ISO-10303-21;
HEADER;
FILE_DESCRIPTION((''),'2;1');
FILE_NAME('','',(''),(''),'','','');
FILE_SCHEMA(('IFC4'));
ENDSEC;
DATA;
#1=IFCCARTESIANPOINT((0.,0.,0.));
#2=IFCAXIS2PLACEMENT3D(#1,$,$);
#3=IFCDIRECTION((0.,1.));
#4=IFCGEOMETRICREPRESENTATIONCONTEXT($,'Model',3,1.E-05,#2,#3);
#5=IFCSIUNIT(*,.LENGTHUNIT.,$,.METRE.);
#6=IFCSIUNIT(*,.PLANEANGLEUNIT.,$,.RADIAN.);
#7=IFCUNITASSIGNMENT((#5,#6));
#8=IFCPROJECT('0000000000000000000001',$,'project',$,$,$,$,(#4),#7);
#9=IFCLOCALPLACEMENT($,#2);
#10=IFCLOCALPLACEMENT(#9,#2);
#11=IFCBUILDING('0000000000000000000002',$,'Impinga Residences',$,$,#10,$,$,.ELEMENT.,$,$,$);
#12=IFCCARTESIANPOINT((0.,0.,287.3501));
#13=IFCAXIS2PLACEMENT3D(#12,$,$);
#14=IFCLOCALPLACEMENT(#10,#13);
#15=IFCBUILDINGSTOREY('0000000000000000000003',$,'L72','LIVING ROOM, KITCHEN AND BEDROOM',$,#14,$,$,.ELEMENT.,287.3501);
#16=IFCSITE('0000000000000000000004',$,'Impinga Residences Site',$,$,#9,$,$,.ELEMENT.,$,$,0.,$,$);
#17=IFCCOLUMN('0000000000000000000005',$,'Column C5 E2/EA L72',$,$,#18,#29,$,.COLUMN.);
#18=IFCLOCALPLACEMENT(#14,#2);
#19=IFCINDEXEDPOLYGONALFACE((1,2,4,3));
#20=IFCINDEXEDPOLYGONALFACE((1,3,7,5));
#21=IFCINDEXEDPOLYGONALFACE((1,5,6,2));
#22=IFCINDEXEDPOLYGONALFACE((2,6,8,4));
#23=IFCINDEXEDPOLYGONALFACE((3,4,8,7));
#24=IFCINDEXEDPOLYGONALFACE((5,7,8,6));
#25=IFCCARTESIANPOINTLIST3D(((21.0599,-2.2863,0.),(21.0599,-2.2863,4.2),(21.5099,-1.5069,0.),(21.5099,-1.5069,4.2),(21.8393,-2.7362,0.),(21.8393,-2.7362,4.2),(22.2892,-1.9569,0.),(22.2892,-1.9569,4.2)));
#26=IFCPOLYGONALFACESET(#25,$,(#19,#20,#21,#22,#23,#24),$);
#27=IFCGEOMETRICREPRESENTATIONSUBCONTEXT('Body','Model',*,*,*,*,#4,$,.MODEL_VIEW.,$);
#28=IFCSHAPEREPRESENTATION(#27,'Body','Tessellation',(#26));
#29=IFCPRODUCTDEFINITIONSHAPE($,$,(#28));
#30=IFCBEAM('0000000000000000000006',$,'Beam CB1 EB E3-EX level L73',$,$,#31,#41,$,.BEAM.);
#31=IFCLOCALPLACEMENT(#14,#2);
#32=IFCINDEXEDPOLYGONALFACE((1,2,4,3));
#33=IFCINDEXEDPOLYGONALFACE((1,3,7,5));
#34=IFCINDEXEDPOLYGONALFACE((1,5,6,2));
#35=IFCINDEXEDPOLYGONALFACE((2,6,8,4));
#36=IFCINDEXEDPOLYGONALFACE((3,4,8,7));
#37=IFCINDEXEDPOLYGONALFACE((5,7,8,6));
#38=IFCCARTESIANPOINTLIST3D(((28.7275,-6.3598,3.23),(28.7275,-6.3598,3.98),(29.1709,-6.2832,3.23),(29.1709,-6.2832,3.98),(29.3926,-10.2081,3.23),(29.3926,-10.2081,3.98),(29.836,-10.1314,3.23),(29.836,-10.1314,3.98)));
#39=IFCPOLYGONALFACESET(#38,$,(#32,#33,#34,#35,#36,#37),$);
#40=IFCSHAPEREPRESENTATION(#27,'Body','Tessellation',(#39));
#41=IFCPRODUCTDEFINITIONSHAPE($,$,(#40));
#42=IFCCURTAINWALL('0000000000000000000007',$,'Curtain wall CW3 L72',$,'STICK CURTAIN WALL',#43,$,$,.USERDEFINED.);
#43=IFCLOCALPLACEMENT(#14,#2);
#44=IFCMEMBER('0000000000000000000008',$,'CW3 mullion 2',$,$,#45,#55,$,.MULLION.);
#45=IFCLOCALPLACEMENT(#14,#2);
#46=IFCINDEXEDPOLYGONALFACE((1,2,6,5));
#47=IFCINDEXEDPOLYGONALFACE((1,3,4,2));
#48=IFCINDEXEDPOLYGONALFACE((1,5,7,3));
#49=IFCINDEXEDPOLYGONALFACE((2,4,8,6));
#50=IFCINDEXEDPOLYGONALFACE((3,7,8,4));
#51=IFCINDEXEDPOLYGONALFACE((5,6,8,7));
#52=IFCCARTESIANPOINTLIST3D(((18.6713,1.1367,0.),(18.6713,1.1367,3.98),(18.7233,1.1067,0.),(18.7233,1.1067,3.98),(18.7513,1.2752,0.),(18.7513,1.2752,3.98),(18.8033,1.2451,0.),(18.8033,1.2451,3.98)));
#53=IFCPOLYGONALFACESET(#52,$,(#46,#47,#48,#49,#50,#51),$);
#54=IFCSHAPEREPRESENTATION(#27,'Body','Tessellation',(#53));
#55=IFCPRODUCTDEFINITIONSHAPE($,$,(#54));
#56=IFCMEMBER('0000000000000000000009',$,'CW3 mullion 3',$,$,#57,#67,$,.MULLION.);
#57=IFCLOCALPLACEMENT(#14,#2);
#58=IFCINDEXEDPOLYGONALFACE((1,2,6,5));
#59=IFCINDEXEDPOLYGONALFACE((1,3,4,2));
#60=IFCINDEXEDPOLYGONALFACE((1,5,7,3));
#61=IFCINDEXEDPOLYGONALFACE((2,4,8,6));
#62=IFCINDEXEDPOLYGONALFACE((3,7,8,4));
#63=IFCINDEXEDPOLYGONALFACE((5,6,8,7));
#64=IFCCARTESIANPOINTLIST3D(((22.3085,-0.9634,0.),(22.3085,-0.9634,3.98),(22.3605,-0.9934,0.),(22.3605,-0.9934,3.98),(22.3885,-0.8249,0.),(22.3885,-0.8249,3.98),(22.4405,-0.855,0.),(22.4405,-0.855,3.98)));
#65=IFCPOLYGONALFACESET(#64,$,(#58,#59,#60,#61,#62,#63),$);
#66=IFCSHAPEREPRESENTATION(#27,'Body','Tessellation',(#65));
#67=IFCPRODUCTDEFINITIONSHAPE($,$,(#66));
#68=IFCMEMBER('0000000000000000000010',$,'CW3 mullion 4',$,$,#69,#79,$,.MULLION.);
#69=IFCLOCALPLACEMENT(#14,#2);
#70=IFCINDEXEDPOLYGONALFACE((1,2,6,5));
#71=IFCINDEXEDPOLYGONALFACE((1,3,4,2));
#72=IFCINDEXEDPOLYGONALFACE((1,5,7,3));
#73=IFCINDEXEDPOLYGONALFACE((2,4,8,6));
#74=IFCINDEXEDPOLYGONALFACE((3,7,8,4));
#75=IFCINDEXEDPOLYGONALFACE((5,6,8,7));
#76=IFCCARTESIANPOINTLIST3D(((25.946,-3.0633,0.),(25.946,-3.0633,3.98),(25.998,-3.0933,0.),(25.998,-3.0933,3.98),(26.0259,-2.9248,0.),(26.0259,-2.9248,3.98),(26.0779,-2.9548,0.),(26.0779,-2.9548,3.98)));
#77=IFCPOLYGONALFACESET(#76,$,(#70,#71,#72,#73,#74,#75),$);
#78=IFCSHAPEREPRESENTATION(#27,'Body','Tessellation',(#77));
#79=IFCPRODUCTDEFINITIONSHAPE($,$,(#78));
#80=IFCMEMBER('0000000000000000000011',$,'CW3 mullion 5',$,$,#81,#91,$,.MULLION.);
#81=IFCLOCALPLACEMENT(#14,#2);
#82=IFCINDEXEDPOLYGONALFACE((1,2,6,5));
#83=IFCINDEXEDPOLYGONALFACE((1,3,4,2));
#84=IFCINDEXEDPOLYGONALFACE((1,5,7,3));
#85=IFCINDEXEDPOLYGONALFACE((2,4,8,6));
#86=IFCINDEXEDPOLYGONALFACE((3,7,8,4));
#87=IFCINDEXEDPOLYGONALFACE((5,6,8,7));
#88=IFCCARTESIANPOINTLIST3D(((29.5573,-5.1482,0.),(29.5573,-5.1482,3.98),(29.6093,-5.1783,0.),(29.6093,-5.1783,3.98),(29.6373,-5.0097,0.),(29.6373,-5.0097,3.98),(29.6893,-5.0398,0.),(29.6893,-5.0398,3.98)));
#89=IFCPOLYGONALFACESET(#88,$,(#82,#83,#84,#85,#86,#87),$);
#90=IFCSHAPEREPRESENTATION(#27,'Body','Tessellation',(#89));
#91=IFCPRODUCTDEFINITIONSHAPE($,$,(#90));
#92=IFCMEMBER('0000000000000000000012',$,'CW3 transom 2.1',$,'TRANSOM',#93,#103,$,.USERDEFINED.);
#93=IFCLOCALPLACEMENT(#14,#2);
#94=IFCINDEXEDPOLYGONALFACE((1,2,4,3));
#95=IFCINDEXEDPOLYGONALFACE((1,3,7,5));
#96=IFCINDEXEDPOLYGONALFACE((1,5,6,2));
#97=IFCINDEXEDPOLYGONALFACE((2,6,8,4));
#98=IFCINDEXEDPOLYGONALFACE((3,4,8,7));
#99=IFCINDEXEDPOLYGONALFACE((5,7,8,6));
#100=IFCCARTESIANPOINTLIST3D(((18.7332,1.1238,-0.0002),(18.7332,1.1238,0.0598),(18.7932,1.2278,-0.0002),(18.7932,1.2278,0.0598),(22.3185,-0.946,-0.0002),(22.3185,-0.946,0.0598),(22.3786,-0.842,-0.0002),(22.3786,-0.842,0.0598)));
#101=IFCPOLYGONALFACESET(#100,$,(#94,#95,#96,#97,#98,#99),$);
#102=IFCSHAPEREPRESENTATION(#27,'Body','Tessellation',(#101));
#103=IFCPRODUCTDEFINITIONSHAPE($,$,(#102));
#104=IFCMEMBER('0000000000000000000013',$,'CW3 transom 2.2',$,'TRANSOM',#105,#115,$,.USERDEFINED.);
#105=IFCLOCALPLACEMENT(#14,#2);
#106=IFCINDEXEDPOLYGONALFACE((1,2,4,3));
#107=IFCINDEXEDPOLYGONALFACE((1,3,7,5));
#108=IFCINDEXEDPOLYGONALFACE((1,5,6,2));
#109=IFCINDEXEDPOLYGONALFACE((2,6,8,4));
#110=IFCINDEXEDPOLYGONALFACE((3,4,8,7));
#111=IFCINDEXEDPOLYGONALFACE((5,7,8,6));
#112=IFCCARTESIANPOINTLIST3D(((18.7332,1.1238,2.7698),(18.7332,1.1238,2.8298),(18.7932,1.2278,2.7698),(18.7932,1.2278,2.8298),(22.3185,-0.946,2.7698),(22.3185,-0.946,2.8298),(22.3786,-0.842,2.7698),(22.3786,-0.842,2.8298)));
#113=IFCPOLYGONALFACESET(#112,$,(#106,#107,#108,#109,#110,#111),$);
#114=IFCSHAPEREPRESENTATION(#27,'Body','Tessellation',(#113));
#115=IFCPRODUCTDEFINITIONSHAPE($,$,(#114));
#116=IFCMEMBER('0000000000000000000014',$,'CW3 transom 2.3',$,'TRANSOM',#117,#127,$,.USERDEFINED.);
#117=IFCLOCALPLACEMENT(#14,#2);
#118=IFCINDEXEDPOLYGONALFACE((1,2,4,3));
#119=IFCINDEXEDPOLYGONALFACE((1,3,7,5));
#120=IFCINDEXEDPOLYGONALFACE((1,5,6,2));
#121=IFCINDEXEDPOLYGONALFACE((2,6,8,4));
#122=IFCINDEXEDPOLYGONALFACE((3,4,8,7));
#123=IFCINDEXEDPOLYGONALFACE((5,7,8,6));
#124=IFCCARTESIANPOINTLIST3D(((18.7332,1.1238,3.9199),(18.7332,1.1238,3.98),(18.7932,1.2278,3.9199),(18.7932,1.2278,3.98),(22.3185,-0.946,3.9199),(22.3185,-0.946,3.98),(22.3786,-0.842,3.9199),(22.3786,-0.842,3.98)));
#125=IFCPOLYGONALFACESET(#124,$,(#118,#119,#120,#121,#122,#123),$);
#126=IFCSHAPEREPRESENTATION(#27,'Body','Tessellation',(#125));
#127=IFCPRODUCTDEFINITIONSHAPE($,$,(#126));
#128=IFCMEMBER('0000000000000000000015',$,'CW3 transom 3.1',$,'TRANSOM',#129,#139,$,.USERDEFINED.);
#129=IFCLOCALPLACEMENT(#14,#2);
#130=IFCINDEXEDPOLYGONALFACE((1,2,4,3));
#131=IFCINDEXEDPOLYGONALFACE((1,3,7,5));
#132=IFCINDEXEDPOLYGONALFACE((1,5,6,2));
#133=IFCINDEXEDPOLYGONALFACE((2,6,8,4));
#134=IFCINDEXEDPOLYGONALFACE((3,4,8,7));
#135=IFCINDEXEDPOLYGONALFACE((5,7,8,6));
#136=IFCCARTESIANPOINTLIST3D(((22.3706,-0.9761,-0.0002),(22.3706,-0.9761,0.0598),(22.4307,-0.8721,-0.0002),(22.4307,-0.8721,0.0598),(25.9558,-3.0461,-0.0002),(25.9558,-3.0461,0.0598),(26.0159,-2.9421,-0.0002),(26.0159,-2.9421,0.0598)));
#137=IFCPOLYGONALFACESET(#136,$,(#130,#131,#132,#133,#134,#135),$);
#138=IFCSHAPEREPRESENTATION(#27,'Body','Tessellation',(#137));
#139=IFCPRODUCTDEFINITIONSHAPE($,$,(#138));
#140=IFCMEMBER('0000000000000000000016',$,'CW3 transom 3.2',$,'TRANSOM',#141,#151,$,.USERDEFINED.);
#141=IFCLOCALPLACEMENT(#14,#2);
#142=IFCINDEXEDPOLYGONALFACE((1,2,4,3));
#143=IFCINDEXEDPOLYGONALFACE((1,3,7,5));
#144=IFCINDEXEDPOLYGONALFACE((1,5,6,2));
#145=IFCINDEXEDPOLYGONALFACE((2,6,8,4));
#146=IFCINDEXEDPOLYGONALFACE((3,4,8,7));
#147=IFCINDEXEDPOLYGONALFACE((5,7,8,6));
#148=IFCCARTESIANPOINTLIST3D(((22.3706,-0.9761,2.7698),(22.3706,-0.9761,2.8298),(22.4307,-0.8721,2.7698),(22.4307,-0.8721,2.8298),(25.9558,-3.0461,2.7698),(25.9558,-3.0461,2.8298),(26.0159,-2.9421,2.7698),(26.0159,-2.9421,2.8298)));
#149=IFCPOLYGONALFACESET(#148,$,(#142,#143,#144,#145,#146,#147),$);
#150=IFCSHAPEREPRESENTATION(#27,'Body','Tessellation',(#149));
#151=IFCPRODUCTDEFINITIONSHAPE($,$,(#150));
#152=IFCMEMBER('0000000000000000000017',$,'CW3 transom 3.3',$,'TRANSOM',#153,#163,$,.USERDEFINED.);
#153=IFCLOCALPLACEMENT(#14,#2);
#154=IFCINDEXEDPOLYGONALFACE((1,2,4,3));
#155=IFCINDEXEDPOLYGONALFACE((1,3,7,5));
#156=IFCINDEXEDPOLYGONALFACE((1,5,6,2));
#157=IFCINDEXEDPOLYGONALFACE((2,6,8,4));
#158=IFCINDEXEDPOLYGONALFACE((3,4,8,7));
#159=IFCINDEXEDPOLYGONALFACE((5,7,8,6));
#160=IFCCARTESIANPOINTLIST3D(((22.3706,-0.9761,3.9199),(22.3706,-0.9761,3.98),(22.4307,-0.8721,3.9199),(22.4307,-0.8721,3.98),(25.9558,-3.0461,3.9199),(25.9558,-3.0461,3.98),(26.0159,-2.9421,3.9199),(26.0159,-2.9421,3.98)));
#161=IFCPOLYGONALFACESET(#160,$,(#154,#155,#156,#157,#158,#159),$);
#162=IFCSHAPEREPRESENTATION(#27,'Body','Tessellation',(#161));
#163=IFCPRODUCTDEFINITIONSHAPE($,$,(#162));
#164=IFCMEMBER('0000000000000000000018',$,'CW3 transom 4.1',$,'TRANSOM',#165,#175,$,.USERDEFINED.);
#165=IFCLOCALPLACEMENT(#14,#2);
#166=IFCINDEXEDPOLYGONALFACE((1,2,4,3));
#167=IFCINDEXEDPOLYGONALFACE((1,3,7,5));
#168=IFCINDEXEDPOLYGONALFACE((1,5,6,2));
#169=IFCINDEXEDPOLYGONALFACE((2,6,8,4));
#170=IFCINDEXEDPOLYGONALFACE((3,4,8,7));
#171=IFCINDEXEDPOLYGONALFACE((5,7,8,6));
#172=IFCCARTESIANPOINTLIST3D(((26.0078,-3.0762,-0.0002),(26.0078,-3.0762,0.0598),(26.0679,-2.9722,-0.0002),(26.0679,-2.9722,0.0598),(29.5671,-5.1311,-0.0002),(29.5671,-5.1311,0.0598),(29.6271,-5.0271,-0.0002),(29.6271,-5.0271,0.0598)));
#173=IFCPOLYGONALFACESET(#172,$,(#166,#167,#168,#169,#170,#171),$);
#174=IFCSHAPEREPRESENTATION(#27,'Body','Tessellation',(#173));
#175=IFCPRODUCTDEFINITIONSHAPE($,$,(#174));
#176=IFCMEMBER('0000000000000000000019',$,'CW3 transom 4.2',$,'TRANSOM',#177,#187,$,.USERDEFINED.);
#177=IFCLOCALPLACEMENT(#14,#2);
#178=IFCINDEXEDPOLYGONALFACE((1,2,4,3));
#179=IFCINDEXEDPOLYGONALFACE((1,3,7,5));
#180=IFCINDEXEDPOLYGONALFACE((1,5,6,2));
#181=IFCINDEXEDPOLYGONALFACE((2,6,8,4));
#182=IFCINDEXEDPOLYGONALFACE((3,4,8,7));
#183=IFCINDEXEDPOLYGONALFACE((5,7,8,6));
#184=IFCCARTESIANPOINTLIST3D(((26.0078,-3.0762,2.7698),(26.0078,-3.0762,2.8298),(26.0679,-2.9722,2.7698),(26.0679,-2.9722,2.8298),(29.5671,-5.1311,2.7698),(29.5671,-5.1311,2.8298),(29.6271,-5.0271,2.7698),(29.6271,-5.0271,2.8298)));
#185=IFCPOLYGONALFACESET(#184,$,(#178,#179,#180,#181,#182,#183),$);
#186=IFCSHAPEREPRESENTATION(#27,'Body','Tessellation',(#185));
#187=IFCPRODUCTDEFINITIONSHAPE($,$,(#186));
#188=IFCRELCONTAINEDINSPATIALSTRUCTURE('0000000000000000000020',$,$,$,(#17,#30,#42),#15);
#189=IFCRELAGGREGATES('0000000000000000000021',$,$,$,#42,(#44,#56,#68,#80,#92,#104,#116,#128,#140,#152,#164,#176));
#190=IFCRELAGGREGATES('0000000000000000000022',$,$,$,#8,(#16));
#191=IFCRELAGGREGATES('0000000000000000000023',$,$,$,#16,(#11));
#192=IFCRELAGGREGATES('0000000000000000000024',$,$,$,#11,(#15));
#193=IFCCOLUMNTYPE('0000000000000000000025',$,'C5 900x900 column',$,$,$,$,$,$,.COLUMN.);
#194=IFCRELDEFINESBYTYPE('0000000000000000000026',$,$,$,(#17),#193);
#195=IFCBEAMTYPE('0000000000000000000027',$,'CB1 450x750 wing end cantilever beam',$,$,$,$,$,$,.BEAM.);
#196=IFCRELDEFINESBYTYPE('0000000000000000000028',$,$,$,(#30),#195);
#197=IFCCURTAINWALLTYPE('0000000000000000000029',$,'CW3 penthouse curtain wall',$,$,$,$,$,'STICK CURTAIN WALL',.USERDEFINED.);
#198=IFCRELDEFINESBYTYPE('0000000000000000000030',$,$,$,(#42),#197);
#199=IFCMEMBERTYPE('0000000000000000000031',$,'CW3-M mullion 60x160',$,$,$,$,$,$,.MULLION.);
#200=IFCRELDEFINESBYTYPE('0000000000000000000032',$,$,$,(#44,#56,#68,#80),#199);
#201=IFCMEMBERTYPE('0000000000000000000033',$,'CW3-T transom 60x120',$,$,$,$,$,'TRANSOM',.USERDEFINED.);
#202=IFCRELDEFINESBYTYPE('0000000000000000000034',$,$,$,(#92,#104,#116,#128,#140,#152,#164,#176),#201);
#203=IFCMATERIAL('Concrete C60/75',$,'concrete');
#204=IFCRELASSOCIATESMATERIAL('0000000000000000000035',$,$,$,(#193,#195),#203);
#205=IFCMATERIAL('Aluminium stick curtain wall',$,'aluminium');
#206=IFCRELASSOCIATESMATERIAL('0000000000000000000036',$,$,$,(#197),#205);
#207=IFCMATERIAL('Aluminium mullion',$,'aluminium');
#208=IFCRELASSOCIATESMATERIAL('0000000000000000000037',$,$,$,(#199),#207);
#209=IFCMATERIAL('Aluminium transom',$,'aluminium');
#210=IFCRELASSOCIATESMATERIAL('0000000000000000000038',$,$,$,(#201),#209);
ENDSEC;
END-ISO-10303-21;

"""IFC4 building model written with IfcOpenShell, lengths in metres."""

from ifc_helpers import new_model, si_unit, direction, frame, origin, origin_2d, place, context, subcontext, project, spatial, rectangle, extrude, material, material_profile, profile_set, type_object, element, aggregate, save


model = new_model("IFC4")

# Units and contexts
model_context = context("Model", 3, precision=1e-05, world=origin(), true_north=direction((0.0, 1.0)))
body_context = subcontext(model_context, "Body", "Model", "MODEL_VIEW")
ifc_project = project(units=[si_unit("LENGTHUNIT", "METRE"), si_unit("PLANEANGLEUNIT", "RADIAN")], contexts=[model_context])

# Site, building, storey
site_placement = place(None, origin())
site = spatial("IfcSite", under=ifc_project, at=site_placement, Name="Impinga Residences Site", CompositionType="ELEMENT", RefElevation=0.0)
building_placement = place(site_placement, origin())
building = spatial("IfcBuilding", under=site, at=building_placement, Name="Impinga Residences", CompositionType="ELEMENT")
storey_placement = place(building_placement, frame((0.0, 0.0, 287.3501)))
storey = spatial("IfcBuildingStorey", under=building, at=storey_placement, Name="L72", Description="LIVING ROOM, KITCHEN AND BEDROOM", CompositionType="ELEMENT", Elevation=287.3501)

# Column
ifc_material_1 = material(Name="Concrete C60/75", Category="concrete")
ifc_material_profile_1 = material_profile(ifc_material_1, rectangle(XDim=0.8999, YDim=0.8999, at=origin_2d()), Name="RC 900x900")
ifc_profile_set_1 = profile_set([ifc_material_profile_1], Name="Concrete C60/75")
column_type = type_object("IfcColumnType", Name="C5 900x900 column", PredefinedType="COLUMN", material=ifc_profile_set_1)
column_placement = place(storey_placement, frame((21.6746, -2.1216, 0.0), z_axis=(0.0, 0.0, 1.0), x_axis=(-0.5, -0.866025, 0.0)))
element("IfcColumn", 1, at=column_placement, inside=storey, type_object=column_type, Name="Column C5 E2/EA L72", PredefinedType="COLUMN", context=body_context, shape_type="SweptSolid", body=[
    extrude(rectangle(XDim=0.8999, YDim=0.8999, at=origin_2d()), origin(), (0.0, 0.0, 1.0), 4.2),
])

# Beam
ifc_material_profile_2 = material_profile(ifc_material_1, rectangle(XDim=0.45, YDim=0.75, at=origin_2d()), Name="RC 450x750")
ifc_profile_set_2 = profile_set([ifc_material_profile_2], Name="Concrete C60/75")
beam_type_1 = type_object("IfcBeamType", Name="CB1 450x750 wing end cantilever beam", PredefinedType="BEAM", material=ifc_profile_set_2)
beam_1_placement = place(storey_placement, frame((28.9492, -6.3215, 3.605), z_axis=(0.170296, -0.985393, 0.0), x_axis=(0.985393, 0.170296, 0.0)))
element("IfcBeam", 2, at=beam_1_placement, inside=storey, type_object=beam_type_1, Name="Beam CB1 EB E3-EX level L73", PredefinedType="BEAM", context=body_context, shape_type="SweptSolid", body=[
    extrude(rectangle(XDim=0.45, YDim=0.75, at=origin_2d()), origin(), (0.0, 0.0, 1.0), 3.9053),
])

# Curtain wall, members
ifc_material_2 = material(Name="Aluminium stick curtain wall", Category="aluminium")
curtain_wall_type = type_object("IfcCurtainWallType", Name="CW3 penthouse curtain wall", ElementType="STICK CURTAIN WALL", PredefinedType="USERDEFINED", material=ifc_material_2)
curtain_wall_placement = place(storey_placement, origin())
curtain_wall = element("IfcCurtainWall", 3, at=curtain_wall_placement, inside=storey, type_object=curtain_wall_type, Name="Curtain wall CW3 L72", ObjectType="STICK CURTAIN WALL", PredefinedType="USERDEFINED")
ifc_material_3 = material(Name="Aluminium mullion", Category="aluminium")
ifc_material_profile_3 = material_profile(ifc_material_3, rectangle(XDim=0.0601, YDim=0.1599, at=origin_2d()), Name="60x160 mullion")
ifc_profile_set_3 = profile_set([ifc_material_profile_3], Name="Aluminium mullion")
member_type_1 = type_object("IfcMemberType", Name="CW3-M mullion 60x160", PredefinedType="MULLION", material=ifc_profile_set_3)
member_1_placement = place(storey_placement, frame((18.7373, 1.1909, 0.0), z_axis=(0.0, 0.0, 1.0), x_axis=(0.866025, -0.5, 0.0)))
member_1 = element("IfcMember", 4, at=member_1_placement, type_object=member_type_1, Name="CW3 mullion 2", PredefinedType="MULLION", context=body_context, shape_type="SweptSolid", body=[
    extrude(rectangle(XDim=0.0601, YDim=0.1599, at=origin_2d()), origin(), (0.0, 0.0, 1.0), 3.98),
])
member_2_placement = place(storey_placement, frame((22.3745, -0.9092, 0.0), z_axis=(0.0, 0.0, 1.0), x_axis=(0.866025, -0.5, 0.0)))
member_2 = element("IfcMember", 5, at=member_2_placement, type_object=member_type_1, Name="CW3 mullion 3", PredefinedType="MULLION", context=body_context, shape_type="SweptSolid", body=[
    extrude(rectangle(XDim=0.0601, YDim=0.1599, at=origin_2d()), origin(), (0.0, 0.0, 1.0), 3.98),
])
member_3_placement = place(storey_placement, frame((26.012, -3.009, 0.0), z_axis=(0.0, 0.0, 1.0), x_axis=(0.866025, -0.5, 0.0)))
member_3 = element("IfcMember", 6, at=member_3_placement, type_object=member_type_1, Name="CW3 mullion 4", PredefinedType="MULLION", context=body_context, shape_type="SweptSolid", body=[
    extrude(rectangle(XDim=0.0601, YDim=0.1599, at=origin_2d()), origin(), (0.0, 0.0, 1.0), 3.98),
])
member_4_placement = place(storey_placement, frame((29.6233, -5.094, 0.0), z_axis=(0.0, 0.0, 1.0), x_axis=(0.866025, -0.5, 0.0)))
member_4 = element("IfcMember", 7, at=member_4_placement, type_object=member_type_1, Name="CW3 mullion 5", PredefinedType="MULLION", context=body_context, shape_type="SweptSolid", body=[
    extrude(rectangle(XDim=0.0601, YDim=0.1599, at=origin_2d()), origin(), (0.0, 0.0, 1.0), 3.98),
])
ifc_material_4 = material(Name="Aluminium transom", Category="aluminium")
ifc_material_profile_4 = material_profile(ifc_material_4, rectangle(XDim=0.0601, YDim=0.1201, at=origin_2d()), Name="60x120 transom")
ifc_profile_set_4 = profile_set([ifc_material_profile_4], Name="Aluminium transom")
member_type_2 = type_object("IfcMemberType", Name="CW3-T transom 60x120", ElementType="TRANSOM", PredefinedType="USERDEFINED", material=ifc_profile_set_4)
member_5_placement = place(storey_placement, frame((18.7632, 1.1758, 0.0298), z_axis=(0.86605, -0.499957, 0.0), x_axis=(0.0, 0.0, 1.0)))
member_5 = element("IfcMember", 8, at=member_5_placement, type_object=member_type_2, Name="CW3 transom 2.1", ObjectType="TRANSOM", PredefinedType="USERDEFINED", context=body_context, shape_type="SweptSolid", body=[
    extrude(rectangle(XDim=0.0601, YDim=0.1201, at=origin_2d()), origin(), (0.0, 0.0, 1.0), 4.1399),
])
member_6_placement = place(storey_placement, frame((18.7632, 1.1758, 2.7998), z_axis=(0.86605, -0.499957, 0.0), x_axis=(0.0, 0.0, 1.0)))
member_6 = element("IfcMember", 9, at=member_6_placement, type_object=member_type_2, Name="CW3 transom 2.2", ObjectType="TRANSOM", PredefinedType="USERDEFINED", context=body_context, shape_type="SweptSolid", body=[
    extrude(rectangle(XDim=0.0601, YDim=0.1201, at=origin_2d()), origin(), (0.0, 0.0, 1.0), 4.1399),
])
member_7_placement = place(storey_placement, frame((18.7632, 1.1758, 3.95), z_axis=(0.86605, -0.499957, 0.0), x_axis=(0.0, 0.0, 1.0)))
member_7 = element("IfcMember", 10, at=member_7_placement, type_object=member_type_2, Name="CW3 transom 2.3", ObjectType="TRANSOM", PredefinedType="USERDEFINED", context=body_context, shape_type="SweptSolid", body=[
    extrude(rectangle(XDim=0.0601, YDim=0.1201, at=origin_2d()), origin(), (0.0, 0.0, 1.0), 4.1399),
])
member_8_placement = place(storey_placement, frame((22.4006, -0.9241, 0.0298), z_axis=(0.86601, -0.500027, 0.0), x_axis=(0.0, 0.0, 1.0)))
member_8 = element("IfcMember", 11, at=member_8_placement, type_object=member_type_2, Name="CW3 transom 3.1", ObjectType="TRANSOM", PredefinedType="USERDEFINED", context=body_context, shape_type="SweptSolid", body=[
    extrude(rectangle(XDim=0.0601, YDim=0.1201, at=origin_2d()), origin(), (0.0, 0.0, 1.0), 4.1399),
])
member_9_placement = place(storey_placement, frame((22.4006, -0.9241, 2.7998), z_axis=(0.86601, -0.500027, 0.0), x_axis=(0.0, 0.0, 1.0)))
member_9 = element("IfcMember", 12, at=member_9_placement, type_object=member_type_2, Name="CW3 transom 3.2", ObjectType="TRANSOM", PredefinedType="USERDEFINED", context=body_context, shape_type="SweptSolid", body=[
    extrude(rectangle(XDim=0.0601, YDim=0.1201, at=origin_2d()), origin(), (0.0, 0.0, 1.0), 4.1399),
])
member_10_placement = place(storey_placement, frame((22.4006, -0.9241, 3.95), z_axis=(0.86601, -0.500027, 0.0), x_axis=(0.0, 0.0, 1.0)))
member_10 = element("IfcMember", 13, at=member_10_placement, type_object=member_type_2, Name="CW3 transom 3.3", ObjectType="TRANSOM", PredefinedType="USERDEFINED", context=body_context, shape_type="SweptSolid", body=[
    extrude(rectangle(XDim=0.0601, YDim=0.1201, at=origin_2d()), origin(), (0.0, 0.0, 1.0), 4.1399),
])
member_11_placement = place(storey_placement, frame((26.0378, -3.0242, 0.0298), z_axis=(0.86603, -0.499992, 0.0), x_axis=(0.0, 0.0, 1.0)))
member_11 = element("IfcMember", 14, at=member_11_placement, type_object=member_type_2, Name="CW3 transom 4.1", ObjectType="TRANSOM", PredefinedType="USERDEFINED", context=body_context, shape_type="SweptSolid", body=[
    extrude(rectangle(XDim=0.0601, YDim=0.1201, at=origin_2d()), origin(), (0.0, 0.0, 1.0), 4.1099),
])
member_12_placement = place(storey_placement, frame((26.0378, -3.0242, 2.7998), z_axis=(0.86603, -0.499992, 0.0), x_axis=(0.0, 0.0, 1.0)))
member_12 = element("IfcMember", 15, at=member_12_placement, type_object=member_type_2, Name="CW3 transom 4.2", ObjectType="TRANSOM", PredefinedType="USERDEFINED", context=body_context, shape_type="SweptSolid", body=[
    extrude(rectangle(XDim=0.0601, YDim=0.1201, at=origin_2d()), origin(), (0.0, 0.0, 1.0), 4.1099),
])

aggregate(curtain_wall, [member_1, member_2, member_3, member_4, member_5, member_6, member_7, member_8, member_9, member_10, member_11, member_12])

save(model, "model.ifc")
